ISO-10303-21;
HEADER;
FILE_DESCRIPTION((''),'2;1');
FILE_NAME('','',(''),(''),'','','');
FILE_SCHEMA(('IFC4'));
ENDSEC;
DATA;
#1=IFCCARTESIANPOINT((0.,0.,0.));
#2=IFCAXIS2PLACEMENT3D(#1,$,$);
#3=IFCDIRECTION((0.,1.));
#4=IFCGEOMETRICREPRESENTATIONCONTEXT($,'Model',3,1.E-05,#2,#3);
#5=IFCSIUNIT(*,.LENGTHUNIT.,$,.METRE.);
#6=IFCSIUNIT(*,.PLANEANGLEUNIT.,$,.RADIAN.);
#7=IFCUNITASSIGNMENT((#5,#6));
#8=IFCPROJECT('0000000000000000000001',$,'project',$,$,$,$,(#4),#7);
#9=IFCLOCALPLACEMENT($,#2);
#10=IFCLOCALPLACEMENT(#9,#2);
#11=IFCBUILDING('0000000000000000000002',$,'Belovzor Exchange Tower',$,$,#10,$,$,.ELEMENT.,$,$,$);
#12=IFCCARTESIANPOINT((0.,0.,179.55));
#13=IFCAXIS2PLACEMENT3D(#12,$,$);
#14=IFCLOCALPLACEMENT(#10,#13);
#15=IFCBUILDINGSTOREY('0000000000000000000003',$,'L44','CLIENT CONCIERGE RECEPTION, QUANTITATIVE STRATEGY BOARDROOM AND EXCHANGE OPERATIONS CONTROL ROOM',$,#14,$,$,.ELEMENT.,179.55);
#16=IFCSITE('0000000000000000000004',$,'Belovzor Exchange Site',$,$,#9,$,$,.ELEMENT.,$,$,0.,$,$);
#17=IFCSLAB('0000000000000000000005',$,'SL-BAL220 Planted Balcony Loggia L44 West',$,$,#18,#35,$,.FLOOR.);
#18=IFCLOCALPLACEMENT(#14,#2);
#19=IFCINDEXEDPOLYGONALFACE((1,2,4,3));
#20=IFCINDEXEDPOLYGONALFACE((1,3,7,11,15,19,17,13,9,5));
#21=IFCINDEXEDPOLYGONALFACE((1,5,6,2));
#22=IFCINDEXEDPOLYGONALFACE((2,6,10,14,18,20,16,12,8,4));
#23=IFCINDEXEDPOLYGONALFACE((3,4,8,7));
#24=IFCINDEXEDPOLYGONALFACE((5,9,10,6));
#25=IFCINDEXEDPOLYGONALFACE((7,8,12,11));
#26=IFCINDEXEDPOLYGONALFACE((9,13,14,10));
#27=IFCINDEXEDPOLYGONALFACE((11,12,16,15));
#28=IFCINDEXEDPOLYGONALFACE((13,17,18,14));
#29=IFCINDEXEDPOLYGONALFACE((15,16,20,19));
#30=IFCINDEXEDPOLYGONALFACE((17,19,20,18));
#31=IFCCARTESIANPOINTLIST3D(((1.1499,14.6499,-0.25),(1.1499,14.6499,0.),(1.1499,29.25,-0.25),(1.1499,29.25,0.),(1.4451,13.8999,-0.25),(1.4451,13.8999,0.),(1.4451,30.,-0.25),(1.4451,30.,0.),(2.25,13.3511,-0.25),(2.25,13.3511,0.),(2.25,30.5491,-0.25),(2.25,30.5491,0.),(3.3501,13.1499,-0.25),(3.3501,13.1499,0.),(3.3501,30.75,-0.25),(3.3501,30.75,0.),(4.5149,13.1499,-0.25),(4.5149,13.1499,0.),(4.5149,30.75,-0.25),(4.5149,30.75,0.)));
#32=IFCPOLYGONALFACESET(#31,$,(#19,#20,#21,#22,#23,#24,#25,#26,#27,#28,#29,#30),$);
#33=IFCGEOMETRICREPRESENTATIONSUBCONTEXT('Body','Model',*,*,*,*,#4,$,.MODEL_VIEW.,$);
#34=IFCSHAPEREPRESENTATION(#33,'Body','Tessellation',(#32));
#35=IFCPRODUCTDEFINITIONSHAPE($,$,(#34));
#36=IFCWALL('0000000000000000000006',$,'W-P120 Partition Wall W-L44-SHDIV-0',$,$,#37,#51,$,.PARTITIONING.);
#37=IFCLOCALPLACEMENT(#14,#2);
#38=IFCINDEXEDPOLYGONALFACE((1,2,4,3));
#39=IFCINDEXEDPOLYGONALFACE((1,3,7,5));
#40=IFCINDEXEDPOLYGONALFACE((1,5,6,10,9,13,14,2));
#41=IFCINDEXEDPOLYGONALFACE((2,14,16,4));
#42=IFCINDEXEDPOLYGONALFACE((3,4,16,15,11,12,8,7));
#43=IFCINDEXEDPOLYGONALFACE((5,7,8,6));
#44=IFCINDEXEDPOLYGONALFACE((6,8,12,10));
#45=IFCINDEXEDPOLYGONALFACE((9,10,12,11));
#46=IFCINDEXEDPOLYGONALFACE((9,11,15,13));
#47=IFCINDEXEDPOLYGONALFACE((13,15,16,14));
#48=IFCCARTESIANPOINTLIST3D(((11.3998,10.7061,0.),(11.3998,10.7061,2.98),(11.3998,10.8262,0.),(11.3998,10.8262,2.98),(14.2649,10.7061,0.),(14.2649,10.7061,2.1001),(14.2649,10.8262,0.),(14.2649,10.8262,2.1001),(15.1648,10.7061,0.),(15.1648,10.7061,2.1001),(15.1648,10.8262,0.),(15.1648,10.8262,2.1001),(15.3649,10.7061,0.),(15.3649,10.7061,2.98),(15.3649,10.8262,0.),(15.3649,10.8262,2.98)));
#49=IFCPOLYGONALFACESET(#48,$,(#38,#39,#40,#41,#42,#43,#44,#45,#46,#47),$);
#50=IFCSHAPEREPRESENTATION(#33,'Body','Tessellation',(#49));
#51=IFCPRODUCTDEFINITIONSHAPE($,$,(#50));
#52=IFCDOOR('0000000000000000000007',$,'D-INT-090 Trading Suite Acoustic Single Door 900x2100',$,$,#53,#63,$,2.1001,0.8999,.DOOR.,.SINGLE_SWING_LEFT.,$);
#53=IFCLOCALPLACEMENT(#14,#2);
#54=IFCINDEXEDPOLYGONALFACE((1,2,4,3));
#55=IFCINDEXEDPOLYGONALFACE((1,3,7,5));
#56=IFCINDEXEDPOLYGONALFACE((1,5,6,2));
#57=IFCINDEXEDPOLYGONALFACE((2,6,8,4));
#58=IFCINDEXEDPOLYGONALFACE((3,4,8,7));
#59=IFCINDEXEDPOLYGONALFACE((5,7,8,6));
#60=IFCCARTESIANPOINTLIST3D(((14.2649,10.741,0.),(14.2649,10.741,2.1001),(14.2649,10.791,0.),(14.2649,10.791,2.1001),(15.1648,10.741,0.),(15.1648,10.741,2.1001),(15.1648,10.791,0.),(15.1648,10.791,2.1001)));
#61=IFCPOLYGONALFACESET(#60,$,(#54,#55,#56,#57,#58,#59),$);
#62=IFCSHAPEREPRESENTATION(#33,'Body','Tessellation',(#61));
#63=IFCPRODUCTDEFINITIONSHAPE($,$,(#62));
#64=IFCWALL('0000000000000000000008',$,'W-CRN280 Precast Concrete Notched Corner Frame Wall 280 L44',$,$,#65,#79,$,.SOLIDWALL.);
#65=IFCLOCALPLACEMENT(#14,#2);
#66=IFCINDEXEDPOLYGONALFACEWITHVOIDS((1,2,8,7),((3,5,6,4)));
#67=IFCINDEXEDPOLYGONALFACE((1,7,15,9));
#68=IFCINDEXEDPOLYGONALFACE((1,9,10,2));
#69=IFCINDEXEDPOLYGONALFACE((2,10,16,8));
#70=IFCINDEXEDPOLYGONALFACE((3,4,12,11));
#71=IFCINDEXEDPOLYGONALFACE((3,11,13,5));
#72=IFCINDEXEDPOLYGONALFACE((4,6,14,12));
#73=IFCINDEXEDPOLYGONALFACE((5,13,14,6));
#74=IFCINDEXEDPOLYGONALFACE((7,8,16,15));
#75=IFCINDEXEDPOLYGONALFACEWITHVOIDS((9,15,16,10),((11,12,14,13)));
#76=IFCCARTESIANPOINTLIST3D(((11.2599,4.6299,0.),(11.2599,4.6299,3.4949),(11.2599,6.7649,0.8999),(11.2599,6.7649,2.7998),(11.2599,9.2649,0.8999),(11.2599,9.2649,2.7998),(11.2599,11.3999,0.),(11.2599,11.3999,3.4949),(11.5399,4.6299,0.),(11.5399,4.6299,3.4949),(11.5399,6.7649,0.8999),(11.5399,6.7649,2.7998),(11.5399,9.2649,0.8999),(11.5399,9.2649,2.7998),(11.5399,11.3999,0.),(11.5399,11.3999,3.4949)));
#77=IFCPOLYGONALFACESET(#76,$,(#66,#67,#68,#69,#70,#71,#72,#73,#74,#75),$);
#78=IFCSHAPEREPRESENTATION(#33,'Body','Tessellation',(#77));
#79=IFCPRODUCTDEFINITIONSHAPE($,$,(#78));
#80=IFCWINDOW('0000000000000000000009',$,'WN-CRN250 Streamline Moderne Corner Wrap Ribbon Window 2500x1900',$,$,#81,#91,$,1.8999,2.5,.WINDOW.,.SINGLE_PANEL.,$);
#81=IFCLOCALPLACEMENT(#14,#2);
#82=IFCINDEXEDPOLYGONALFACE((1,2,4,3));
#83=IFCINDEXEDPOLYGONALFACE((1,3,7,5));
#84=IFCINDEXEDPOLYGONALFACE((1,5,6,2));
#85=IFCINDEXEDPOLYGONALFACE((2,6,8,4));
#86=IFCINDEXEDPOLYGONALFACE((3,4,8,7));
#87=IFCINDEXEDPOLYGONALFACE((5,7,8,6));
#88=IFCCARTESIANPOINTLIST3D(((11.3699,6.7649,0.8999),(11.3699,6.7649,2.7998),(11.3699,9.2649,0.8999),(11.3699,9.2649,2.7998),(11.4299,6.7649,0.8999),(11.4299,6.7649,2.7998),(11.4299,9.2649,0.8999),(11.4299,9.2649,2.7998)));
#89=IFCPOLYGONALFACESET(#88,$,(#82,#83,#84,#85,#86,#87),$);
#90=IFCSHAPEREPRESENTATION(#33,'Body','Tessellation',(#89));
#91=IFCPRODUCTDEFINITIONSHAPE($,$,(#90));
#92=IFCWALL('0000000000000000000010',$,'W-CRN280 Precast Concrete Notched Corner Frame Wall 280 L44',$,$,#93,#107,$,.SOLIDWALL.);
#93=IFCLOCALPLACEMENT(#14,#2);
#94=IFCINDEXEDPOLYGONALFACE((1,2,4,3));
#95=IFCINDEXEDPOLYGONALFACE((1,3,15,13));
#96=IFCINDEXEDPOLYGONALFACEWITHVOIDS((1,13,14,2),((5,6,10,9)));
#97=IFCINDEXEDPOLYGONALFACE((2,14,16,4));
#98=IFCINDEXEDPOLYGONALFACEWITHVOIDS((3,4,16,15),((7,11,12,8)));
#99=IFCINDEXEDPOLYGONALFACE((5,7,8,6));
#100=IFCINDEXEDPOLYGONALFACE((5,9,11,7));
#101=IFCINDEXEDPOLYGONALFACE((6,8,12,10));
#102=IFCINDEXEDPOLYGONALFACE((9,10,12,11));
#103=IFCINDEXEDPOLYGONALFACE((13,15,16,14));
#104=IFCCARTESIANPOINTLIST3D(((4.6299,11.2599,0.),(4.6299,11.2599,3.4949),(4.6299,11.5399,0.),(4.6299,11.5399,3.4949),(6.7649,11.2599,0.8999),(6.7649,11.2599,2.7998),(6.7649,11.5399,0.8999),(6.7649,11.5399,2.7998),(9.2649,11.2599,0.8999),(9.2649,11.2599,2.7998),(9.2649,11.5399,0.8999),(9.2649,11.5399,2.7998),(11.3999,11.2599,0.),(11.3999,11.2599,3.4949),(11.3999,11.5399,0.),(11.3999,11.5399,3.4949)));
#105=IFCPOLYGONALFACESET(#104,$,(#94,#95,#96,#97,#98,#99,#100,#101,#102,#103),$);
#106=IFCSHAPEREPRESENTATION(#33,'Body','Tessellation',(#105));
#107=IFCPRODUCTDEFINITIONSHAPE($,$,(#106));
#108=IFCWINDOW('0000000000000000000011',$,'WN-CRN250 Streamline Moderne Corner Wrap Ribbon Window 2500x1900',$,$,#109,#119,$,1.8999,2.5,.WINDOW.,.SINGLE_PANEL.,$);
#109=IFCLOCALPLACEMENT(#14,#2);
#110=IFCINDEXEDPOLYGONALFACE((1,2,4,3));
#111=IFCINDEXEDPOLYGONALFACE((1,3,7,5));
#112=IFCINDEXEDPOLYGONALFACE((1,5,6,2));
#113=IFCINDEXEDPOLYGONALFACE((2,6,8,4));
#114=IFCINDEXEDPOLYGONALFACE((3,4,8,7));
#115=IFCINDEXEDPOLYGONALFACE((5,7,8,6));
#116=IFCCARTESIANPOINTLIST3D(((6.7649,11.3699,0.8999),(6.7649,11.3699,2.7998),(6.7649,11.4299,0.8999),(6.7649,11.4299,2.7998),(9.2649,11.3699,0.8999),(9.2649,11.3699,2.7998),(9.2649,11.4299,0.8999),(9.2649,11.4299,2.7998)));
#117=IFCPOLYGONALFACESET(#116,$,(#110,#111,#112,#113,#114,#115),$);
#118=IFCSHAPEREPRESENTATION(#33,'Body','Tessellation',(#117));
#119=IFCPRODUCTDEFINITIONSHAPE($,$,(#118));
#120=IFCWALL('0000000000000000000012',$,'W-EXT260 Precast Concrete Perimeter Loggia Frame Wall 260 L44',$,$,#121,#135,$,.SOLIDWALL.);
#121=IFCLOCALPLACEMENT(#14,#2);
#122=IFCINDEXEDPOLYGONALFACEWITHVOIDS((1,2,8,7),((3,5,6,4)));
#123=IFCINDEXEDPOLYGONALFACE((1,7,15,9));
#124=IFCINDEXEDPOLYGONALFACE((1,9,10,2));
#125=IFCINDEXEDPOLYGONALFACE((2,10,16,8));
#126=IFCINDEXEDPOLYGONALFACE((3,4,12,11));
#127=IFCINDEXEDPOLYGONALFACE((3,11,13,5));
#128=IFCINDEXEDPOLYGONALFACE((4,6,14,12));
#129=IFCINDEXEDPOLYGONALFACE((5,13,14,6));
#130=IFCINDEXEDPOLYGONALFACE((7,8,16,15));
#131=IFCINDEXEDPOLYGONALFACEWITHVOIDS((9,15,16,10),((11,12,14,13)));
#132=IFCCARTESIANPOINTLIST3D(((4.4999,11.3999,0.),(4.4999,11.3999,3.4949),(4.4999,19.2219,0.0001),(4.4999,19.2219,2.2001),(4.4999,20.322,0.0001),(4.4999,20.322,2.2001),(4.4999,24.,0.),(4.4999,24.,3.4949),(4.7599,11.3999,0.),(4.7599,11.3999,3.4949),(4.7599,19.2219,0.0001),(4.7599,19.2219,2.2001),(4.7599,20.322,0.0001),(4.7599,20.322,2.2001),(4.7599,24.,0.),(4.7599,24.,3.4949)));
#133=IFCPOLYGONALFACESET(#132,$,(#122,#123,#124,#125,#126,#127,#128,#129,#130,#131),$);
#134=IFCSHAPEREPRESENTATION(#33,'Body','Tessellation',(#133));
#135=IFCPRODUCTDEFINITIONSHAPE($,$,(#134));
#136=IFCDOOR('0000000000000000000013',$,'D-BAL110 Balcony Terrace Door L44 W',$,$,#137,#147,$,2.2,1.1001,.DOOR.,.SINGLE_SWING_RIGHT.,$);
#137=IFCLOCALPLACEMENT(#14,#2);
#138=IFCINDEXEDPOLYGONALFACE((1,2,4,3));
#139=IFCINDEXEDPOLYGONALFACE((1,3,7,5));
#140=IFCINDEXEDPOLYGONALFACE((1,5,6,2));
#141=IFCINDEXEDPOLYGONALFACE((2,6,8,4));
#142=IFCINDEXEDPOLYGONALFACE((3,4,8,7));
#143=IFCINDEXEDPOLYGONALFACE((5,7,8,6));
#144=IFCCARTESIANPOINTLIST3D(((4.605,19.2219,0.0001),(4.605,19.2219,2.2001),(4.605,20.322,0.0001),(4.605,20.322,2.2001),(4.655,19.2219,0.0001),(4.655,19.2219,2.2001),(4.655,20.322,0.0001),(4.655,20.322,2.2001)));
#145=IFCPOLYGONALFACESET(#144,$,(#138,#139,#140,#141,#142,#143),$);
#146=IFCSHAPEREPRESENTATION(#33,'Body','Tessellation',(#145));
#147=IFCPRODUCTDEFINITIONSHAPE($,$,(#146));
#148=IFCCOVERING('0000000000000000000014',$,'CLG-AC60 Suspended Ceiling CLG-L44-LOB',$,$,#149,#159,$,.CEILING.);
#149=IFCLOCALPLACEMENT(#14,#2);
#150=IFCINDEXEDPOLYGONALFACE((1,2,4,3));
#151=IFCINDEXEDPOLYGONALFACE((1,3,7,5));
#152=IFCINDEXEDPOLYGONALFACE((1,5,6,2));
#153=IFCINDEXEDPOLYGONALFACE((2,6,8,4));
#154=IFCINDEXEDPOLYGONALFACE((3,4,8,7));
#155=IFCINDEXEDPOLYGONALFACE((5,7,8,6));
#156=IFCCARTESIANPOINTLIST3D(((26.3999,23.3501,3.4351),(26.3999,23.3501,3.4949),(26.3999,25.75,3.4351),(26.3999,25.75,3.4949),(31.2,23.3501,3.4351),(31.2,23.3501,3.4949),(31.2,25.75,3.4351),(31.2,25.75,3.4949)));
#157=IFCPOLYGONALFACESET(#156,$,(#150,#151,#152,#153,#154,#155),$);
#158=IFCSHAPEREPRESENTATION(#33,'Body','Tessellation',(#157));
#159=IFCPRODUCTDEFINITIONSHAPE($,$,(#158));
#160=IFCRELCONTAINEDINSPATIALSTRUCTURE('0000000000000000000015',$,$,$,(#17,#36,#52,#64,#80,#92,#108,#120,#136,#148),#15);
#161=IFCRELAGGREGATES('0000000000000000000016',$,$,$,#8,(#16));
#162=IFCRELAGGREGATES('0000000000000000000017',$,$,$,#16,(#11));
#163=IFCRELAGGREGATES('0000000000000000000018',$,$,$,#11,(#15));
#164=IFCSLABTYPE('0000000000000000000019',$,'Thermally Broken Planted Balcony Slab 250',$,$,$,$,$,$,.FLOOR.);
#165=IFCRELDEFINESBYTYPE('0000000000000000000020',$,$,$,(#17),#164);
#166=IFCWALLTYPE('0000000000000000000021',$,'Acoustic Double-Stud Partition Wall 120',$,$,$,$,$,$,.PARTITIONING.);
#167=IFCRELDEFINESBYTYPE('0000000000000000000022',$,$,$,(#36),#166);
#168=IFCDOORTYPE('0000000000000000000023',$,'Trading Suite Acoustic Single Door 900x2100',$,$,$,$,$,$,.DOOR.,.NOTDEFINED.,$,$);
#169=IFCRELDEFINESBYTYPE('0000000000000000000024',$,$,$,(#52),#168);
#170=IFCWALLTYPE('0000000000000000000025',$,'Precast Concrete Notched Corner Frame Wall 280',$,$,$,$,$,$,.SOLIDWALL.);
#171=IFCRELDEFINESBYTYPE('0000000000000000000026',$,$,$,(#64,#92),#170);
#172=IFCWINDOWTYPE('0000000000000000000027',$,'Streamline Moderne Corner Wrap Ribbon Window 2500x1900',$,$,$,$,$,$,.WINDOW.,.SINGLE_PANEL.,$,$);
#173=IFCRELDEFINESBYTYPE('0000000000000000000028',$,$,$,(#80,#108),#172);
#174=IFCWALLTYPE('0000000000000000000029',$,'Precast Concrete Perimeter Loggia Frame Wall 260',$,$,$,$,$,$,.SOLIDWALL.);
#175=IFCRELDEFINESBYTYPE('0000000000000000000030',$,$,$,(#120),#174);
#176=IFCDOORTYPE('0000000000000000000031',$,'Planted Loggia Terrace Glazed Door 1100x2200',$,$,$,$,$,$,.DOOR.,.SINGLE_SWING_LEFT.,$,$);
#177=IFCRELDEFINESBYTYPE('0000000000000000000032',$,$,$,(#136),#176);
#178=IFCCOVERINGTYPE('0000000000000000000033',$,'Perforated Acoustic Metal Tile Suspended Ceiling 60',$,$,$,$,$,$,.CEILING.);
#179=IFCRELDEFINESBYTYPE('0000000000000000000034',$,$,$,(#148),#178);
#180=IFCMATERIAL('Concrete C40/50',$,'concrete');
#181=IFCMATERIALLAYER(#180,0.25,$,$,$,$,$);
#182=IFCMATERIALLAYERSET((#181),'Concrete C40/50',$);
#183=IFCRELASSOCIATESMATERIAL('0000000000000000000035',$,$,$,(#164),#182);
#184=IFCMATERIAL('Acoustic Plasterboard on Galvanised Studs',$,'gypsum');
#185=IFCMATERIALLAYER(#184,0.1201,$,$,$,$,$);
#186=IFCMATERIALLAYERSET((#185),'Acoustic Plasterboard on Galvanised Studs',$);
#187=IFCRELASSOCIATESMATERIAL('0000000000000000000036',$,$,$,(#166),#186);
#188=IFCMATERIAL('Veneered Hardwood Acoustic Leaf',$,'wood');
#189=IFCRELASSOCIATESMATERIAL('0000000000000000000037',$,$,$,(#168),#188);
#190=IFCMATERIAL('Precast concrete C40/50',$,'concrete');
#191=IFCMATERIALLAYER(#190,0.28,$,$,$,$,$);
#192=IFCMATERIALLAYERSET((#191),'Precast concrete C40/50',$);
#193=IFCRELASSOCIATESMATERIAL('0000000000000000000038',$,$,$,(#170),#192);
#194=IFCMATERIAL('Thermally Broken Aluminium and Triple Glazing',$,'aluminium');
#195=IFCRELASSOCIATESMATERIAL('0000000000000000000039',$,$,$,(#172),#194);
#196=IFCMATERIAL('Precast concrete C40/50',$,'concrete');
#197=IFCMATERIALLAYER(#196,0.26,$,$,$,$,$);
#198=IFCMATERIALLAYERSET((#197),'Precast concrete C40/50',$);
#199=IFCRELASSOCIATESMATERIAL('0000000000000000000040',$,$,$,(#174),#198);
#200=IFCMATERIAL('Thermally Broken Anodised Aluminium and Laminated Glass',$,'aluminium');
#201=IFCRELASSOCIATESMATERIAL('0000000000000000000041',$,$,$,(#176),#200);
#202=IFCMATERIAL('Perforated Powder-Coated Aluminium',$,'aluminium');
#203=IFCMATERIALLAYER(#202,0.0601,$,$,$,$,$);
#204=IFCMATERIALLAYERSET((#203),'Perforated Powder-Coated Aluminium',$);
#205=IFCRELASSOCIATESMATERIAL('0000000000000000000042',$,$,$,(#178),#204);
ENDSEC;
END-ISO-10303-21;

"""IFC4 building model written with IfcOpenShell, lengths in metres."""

from ifc_helpers import new_model, si_unit, direction, frame, frame_2d, origin, place, context, subcontext, project, spatial, polyline, rectangle, outline, extrude, material, layer, layer_set, type_object, element, fill, save


model = new_model("IFC4")

# Units and contexts
model_context = context("Model", 3, precision=1e-05, world=origin(), true_north=direction((0.0, 1.0)))
body_context = subcontext(model_context, "Body", "Model", "MODEL_VIEW")
ifc_project = project(units=[si_unit("LENGTHUNIT", "METRE"), si_unit("PLANEANGLEUNIT", "RADIAN")], contexts=[model_context])

# Site, building, storey
site_placement = place(None, origin())
site = spatial("IfcSite", under=ifc_project, at=site_placement, Name="Belovzor Exchange Site", CompositionType="ELEMENT", RefElevation=0.0)
building_placement = place(site_placement, origin())
building = spatial("IfcBuilding", under=site, at=building_placement, Name="Belovzor Exchange Tower", CompositionType="ELEMENT")
storey_placement = place(building_placement, frame((0.0, 0.0, 179.55)))
storey = spatial("IfcBuildingStorey", under=building, at=storey_placement, Name="L44", Description="CLIENT CONCIERGE RECEPTION, QUANTITATIVE STRATEGY BOARDROOM AND EXCHANGE OPERATIONS CONTROL ROOM", CompositionType="ELEMENT", Elevation=179.55)

# Slab
ifc_material_1 = material(Name="Concrete C40/50", Category="concrete")
ifc_layer_1 = layer(ifc_material_1, 0.25)
ifc_layer_set_1 = layer_set([ifc_layer_1], Name="Concrete C40/50")
slab_type_1 = type_object("IfcSlabType", Name="Thermally Broken Planted Balcony Slab 250", PredefinedType="FLOOR", material=ifc_layer_set_1)
slab_1_placement = place(storey_placement, frame((0.0, 0.0, -0.25)))
element("IfcSlab", 1, at=slab_1_placement, inside=storey, type_object=slab_type_1, Name="SL-BAL220 Planted Balcony Loggia L44 West", PredefinedType="FLOOR", context=body_context, shape_type="SweptSolid", body=[
    extrude(outline(polyline([(4.5149, 30.75), (3.3501, 30.75), (2.25, 30.5491), (1.4451, 30.0), (1.1499, 29.25), (1.1499, 14.6499), (1.4451, 13.8999), (2.25, 13.3511), (3.3501, 13.1499), (4.5149, 13.1499), (4.5149, 30.75)])), origin(), (0.0, 0.0, 1.0), 0.25),
])

# Wall, opening, door
ifc_material_2 = material(Name="Acoustic Plasterboard on Galvanised Studs", Category="gypsum")
ifc_layer_2 = layer(ifc_material_2, 0.1201)
ifc_layer_set_2 = layer_set([ifc_layer_2], Name="Acoustic Plasterboard on Galvanised Studs")
wall_type_1 = type_object("IfcWallType", Name="Acoustic Double-Stud Partition Wall 120", PredefinedType="PARTITIONING", material=ifc_layer_set_2)
wall_1_placement = place(storey_placement, frame((11.3999, 10.7661, 0.0), z_axis=(0.0, 0.0, 1.0), x_axis=(1.0, 0.0, 0.0)))
wall_1 = element("IfcWall", 2, at=wall_1_placement, inside=storey, type_object=wall_type_1, Name="W-P120 Partition Wall W-L44-SHDIV-0", PredefinedType="PARTITIONING", context=body_context, shape_type="SweptSolid", body=[
    extrude(rectangle(XDim=3.9651, YDim=0.1201, at=frame_2d((1.9824, 0.0))), origin(), (0.0, 0.0, 1.0), 2.98),
])
opening_1_placement = place(wall_1_placement, frame((2.865, 0.0, 0.0)))
opening_1 = element("IfcOpeningElement", 3, at=opening_1_placement, cuts=wall_1, PredefinedType="OPENING", context=body_context, shape_type="SweptSolid", body=[
    extrude(rectangle(XDim=0.8999, YDim=2.1001, at=frame_2d((0.45, 1.05))), frame((0.0, 0.0701, 0.0), z_axis=(0.0, -1.0, 0.0), x_axis=(1.0, 0.0, 0.0)), (0.0, 0.0, 1.0), 0.1401),
])
ifc_material_3 = material(Name="Veneered Hardwood Acoustic Leaf", Category="wood")
door_type_1 = type_object("IfcDoorType", Name="Trading Suite Acoustic Single Door 900x2100", OperationType="NOTDEFINED", PredefinedType="DOOR", material=ifc_material_3)
door_1_placement = place(opening_1_placement, origin())
door_1 = element("IfcDoor", 4, at=door_1_placement, inside=storey, type_object=door_type_1, Name="D-INT-090 Trading Suite Acoustic Single Door 900x2100", OperationType="SINGLE_SWING_LEFT", OverallHeight=2.1001, OverallWidth=0.8999, PredefinedType="DOOR", context=body_context, shape_type="SweptSolid", body=[
    extrude(rectangle(XDim=0.8999, YDim=2.1001, at=frame_2d((0.45, 1.05))), frame((0.0, 0.0249, 0.0), z_axis=(0.0, -1.0, 0.0), x_axis=(1.0, 0.0, 0.0)), (0.0, 0.0, 1.0), 0.05),
])
fill(opening_1, door_1)

# Walls, openings, windows
ifc_material_4 = material(Name="Precast concrete C40/50", Category="concrete")
ifc_layer_3 = layer(ifc_material_4, 0.28)
ifc_layer_set_3 = layer_set([ifc_layer_3], Name="Precast concrete C40/50")
wall_type_2 = type_object("IfcWallType", Name="Precast Concrete Notched Corner Frame Wall 280", PredefinedType="SOLIDWALL", material=ifc_layer_set_3)
wall_2_placement = place(storey_placement, frame((11.3999, 4.6299, 0.0), z_axis=(0.0, 0.0, 1.0), x_axis=(0.0, 1.0, 0.0)))
wall_2 = element("IfcWall", 5, at=wall_2_placement, inside=storey, type_object=wall_type_2, Name="W-CRN280 Precast Concrete Notched Corner Frame Wall 280 L44", PredefinedType="SOLIDWALL", context=body_context, shape_type="SweptSolid", body=[
    extrude(rectangle(XDim=6.77, YDim=0.28, at=frame_2d((3.385, 0.0))), origin(), (0.0, 0.0, 1.0), 3.4949),
])
opening_2_placement = place(wall_2_placement, frame((2.135, 0.0, 0.8999)))
opening_2 = element("IfcOpeningElement", 6, at=opening_2_placement, cuts=wall_2, PredefinedType="OPENING", context=body_context, shape_type="SweptSolid", body=[
    extrude(rectangle(XDim=2.5, YDim=1.8999, at=frame_2d((1.25, 0.95))), frame((0.0, 0.1499, 0.0), z_axis=(0.0, -1.0, 0.0), x_axis=(1.0, 0.0, 0.0)), (0.0, 0.0, 1.0), 0.3),
])
ifc_material_5 = material(Name="Thermally Broken Aluminium and Triple Glazing", Category="aluminium")
window_type = type_object("IfcWindowType", Name="Streamline Moderne Corner Wrap Ribbon Window 2500x1900", PartitioningType="SINGLE_PANEL", PredefinedType="WINDOW", material=ifc_material_5)
window_1_placement = place(opening_2_placement, origin())
window_1 = element("IfcWindow", 7, at=window_1_placement, inside=storey, type_object=window_type, Name="WN-CRN250 Streamline Moderne Corner Wrap Ribbon Window 2500x1900", OverallHeight=1.8999, OverallWidth=2.5, PartitioningType="SINGLE_PANEL", PredefinedType="WINDOW", context=body_context, shape_type="SweptSolid", body=[
    extrude(rectangle(XDim=2.5, YDim=1.8999, at=frame_2d((1.25, 0.95))), frame((0.0, 0.03, 0.0), z_axis=(0.0, -1.0, 0.0), x_axis=(1.0, 0.0, 0.0)), (0.0, 0.0, 1.0), 0.0601),
])
fill(opening_2, window_1)
wall_3_placement = place(storey_placement, frame((11.3999, 11.3999, 0.0), z_axis=(0.0, 0.0, 1.0), x_axis=(-1.0, 0.0, 0.0)))
wall_3 = element("IfcWall", 8, at=wall_3_placement, inside=storey, type_object=wall_type_2, Name="W-CRN280 Precast Concrete Notched Corner Frame Wall 280 L44", PredefinedType="SOLIDWALL", context=body_context, shape_type="SweptSolid", body=[
    extrude(rectangle(XDim=6.77, YDim=0.28, at=frame_2d((3.385, 0.0))), origin(), (0.0, 0.0, 1.0), 3.4949),
])
opening_3_placement = place(wall_3_placement, frame((2.135, 0.0, 0.8999)))
opening_3 = element("IfcOpeningElement", 9, at=opening_3_placement, cuts=wall_3, PredefinedType="OPENING", context=body_context, shape_type="SweptSolid", body=[
    extrude(rectangle(XDim=2.5, YDim=1.8999, at=frame_2d((1.25, 0.95))), frame((0.0, 0.1499, 0.0), z_axis=(0.0, -1.0, 0.0), x_axis=(1.0, 0.0, 0.0)), (0.0, 0.0, 1.0), 0.3),
])
window_2_placement = place(opening_3_placement, origin())
window_2 = element("IfcWindow", 10, at=window_2_placement, inside=storey, type_object=window_type, Name="WN-CRN250 Streamline Moderne Corner Wrap Ribbon Window 2500x1900", OverallHeight=1.8999, OverallWidth=2.5, PartitioningType="SINGLE_PANEL", PredefinedType="WINDOW", context=body_context, shape_type="SweptSolid", body=[
    extrude(rectangle(XDim=2.5, YDim=1.8999, at=frame_2d((1.25, 0.95))), frame((0.0, 0.03, 0.0), z_axis=(0.0, -1.0, 0.0), x_axis=(1.0, 0.0, 0.0)), (0.0, 0.0, 1.0), 0.0601),
])
fill(opening_3, window_2)

# Wall, opening, door
ifc_material_6 = material(Name="Precast concrete C40/50", Category="concrete")
ifc_layer_4 = layer(ifc_material_6, 0.26)
ifc_layer_set_4 = layer_set([ifc_layer_4], Name="Precast concrete C40/50")
wall_type_3 = type_object("IfcWallType", Name="Precast Concrete Perimeter Loggia Frame Wall 260", PredefinedType="SOLIDWALL", material=ifc_layer_set_4)
wall_4_placement = place(storey_placement, frame((4.6299, 11.3999, 0.0), z_axis=(0.0, 0.0, 1.0), x_axis=(0.0, 1.0, 0.0)))
wall_4 = element("IfcWall", 11, at=wall_4_placement, inside=storey, type_object=wall_type_3, Name="W-EXT260 Precast Concrete Perimeter Loggia Frame Wall 260 L44", PredefinedType="SOLIDWALL", context=body_context, shape_type="SweptSolid", body=[
    extrude(rectangle(XDim=12.6001, YDim=0.26, at=frame_2d((6.3, 0.0))), origin(), (0.0, 0.0, 1.0), 3.4949),
])
opening_4_placement = place(wall_4_placement, frame((7.822, 0.0, 0.0)))
opening_4 = element("IfcOpeningElement", 12, at=opening_4_placement, cuts=wall_4, PredefinedType="OPENING", context=body_context, shape_type="SweptSolid", body=[
    extrude(rectangle(XDim=1.1001, YDim=2.2, at=frame_2d((0.55, 1.1001))), frame((0.0, 0.1399, 0.0), z_axis=(0.0, -1.0, 0.0), x_axis=(1.0, 0.0, 0.0)), (0.0, 0.0, 1.0), 0.28),
])
ifc_material_7 = material(Name="Thermally Broken Anodised Aluminium and Laminated Glass", Category="aluminium")
door_type_2 = type_object("IfcDoorType", Name="Planted Loggia Terrace Glazed Door 1100x2200", OperationType="SINGLE_SWING_LEFT", PredefinedType="DOOR", material=ifc_material_7)
door_2_placement = place(opening_4_placement, origin())
door_2 = element("IfcDoor", 13, at=door_2_placement, inside=storey, type_object=door_type_2, Name="D-BAL110 Balcony Terrace Door L44 W", OperationType="SINGLE_SWING_RIGHT", OverallHeight=2.2, OverallWidth=1.1001, PredefinedType="DOOR", context=body_context, shape_type="SweptSolid", body=[
    extrude(rectangle(XDim=1.1001, YDim=2.2, at=frame_2d((0.55, 1.1001))), frame((0.0, 0.0249, 0.0), z_axis=(0.0, -1.0, 0.0), x_axis=(1.0, 0.0, 0.0)), (0.0, 0.0, 1.0), 0.05),
])
fill(opening_4, door_2)

# Covering
ifc_material_8 = material(Name="Perforated Powder-Coated Aluminium", Category="aluminium")
ifc_layer_5 = layer(ifc_material_8, 0.0601)
ifc_layer_set_5 = layer_set([ifc_layer_5], Name="Perforated Powder-Coated Aluminium")
covering_type_1 = type_object("IfcCoveringType", Name="Perforated Acoustic Metal Tile Suspended Ceiling 60", PredefinedType="CEILING", material=ifc_layer_set_5)
covering_1_placement = place(storey_placement, frame((0.0, 0.0, 3.4351)))
element("IfcCovering", 14, at=covering_1_placement, inside=storey, type_object=covering_type_1, Name="CLG-AC60 Suspended Ceiling CLG-L44-LOB", PredefinedType="CEILING", context=body_context, shape_type="SweptSolid", body=[
    extrude(outline(polyline([(26.3999, 23.3501), (31.2, 23.3501), (31.2, 25.75), (26.3999, 25.75), (26.3999, 23.3501)])), origin(), (0.0, 0.0, 1.0), 0.0598),
])

save(model, "model.ifc")
